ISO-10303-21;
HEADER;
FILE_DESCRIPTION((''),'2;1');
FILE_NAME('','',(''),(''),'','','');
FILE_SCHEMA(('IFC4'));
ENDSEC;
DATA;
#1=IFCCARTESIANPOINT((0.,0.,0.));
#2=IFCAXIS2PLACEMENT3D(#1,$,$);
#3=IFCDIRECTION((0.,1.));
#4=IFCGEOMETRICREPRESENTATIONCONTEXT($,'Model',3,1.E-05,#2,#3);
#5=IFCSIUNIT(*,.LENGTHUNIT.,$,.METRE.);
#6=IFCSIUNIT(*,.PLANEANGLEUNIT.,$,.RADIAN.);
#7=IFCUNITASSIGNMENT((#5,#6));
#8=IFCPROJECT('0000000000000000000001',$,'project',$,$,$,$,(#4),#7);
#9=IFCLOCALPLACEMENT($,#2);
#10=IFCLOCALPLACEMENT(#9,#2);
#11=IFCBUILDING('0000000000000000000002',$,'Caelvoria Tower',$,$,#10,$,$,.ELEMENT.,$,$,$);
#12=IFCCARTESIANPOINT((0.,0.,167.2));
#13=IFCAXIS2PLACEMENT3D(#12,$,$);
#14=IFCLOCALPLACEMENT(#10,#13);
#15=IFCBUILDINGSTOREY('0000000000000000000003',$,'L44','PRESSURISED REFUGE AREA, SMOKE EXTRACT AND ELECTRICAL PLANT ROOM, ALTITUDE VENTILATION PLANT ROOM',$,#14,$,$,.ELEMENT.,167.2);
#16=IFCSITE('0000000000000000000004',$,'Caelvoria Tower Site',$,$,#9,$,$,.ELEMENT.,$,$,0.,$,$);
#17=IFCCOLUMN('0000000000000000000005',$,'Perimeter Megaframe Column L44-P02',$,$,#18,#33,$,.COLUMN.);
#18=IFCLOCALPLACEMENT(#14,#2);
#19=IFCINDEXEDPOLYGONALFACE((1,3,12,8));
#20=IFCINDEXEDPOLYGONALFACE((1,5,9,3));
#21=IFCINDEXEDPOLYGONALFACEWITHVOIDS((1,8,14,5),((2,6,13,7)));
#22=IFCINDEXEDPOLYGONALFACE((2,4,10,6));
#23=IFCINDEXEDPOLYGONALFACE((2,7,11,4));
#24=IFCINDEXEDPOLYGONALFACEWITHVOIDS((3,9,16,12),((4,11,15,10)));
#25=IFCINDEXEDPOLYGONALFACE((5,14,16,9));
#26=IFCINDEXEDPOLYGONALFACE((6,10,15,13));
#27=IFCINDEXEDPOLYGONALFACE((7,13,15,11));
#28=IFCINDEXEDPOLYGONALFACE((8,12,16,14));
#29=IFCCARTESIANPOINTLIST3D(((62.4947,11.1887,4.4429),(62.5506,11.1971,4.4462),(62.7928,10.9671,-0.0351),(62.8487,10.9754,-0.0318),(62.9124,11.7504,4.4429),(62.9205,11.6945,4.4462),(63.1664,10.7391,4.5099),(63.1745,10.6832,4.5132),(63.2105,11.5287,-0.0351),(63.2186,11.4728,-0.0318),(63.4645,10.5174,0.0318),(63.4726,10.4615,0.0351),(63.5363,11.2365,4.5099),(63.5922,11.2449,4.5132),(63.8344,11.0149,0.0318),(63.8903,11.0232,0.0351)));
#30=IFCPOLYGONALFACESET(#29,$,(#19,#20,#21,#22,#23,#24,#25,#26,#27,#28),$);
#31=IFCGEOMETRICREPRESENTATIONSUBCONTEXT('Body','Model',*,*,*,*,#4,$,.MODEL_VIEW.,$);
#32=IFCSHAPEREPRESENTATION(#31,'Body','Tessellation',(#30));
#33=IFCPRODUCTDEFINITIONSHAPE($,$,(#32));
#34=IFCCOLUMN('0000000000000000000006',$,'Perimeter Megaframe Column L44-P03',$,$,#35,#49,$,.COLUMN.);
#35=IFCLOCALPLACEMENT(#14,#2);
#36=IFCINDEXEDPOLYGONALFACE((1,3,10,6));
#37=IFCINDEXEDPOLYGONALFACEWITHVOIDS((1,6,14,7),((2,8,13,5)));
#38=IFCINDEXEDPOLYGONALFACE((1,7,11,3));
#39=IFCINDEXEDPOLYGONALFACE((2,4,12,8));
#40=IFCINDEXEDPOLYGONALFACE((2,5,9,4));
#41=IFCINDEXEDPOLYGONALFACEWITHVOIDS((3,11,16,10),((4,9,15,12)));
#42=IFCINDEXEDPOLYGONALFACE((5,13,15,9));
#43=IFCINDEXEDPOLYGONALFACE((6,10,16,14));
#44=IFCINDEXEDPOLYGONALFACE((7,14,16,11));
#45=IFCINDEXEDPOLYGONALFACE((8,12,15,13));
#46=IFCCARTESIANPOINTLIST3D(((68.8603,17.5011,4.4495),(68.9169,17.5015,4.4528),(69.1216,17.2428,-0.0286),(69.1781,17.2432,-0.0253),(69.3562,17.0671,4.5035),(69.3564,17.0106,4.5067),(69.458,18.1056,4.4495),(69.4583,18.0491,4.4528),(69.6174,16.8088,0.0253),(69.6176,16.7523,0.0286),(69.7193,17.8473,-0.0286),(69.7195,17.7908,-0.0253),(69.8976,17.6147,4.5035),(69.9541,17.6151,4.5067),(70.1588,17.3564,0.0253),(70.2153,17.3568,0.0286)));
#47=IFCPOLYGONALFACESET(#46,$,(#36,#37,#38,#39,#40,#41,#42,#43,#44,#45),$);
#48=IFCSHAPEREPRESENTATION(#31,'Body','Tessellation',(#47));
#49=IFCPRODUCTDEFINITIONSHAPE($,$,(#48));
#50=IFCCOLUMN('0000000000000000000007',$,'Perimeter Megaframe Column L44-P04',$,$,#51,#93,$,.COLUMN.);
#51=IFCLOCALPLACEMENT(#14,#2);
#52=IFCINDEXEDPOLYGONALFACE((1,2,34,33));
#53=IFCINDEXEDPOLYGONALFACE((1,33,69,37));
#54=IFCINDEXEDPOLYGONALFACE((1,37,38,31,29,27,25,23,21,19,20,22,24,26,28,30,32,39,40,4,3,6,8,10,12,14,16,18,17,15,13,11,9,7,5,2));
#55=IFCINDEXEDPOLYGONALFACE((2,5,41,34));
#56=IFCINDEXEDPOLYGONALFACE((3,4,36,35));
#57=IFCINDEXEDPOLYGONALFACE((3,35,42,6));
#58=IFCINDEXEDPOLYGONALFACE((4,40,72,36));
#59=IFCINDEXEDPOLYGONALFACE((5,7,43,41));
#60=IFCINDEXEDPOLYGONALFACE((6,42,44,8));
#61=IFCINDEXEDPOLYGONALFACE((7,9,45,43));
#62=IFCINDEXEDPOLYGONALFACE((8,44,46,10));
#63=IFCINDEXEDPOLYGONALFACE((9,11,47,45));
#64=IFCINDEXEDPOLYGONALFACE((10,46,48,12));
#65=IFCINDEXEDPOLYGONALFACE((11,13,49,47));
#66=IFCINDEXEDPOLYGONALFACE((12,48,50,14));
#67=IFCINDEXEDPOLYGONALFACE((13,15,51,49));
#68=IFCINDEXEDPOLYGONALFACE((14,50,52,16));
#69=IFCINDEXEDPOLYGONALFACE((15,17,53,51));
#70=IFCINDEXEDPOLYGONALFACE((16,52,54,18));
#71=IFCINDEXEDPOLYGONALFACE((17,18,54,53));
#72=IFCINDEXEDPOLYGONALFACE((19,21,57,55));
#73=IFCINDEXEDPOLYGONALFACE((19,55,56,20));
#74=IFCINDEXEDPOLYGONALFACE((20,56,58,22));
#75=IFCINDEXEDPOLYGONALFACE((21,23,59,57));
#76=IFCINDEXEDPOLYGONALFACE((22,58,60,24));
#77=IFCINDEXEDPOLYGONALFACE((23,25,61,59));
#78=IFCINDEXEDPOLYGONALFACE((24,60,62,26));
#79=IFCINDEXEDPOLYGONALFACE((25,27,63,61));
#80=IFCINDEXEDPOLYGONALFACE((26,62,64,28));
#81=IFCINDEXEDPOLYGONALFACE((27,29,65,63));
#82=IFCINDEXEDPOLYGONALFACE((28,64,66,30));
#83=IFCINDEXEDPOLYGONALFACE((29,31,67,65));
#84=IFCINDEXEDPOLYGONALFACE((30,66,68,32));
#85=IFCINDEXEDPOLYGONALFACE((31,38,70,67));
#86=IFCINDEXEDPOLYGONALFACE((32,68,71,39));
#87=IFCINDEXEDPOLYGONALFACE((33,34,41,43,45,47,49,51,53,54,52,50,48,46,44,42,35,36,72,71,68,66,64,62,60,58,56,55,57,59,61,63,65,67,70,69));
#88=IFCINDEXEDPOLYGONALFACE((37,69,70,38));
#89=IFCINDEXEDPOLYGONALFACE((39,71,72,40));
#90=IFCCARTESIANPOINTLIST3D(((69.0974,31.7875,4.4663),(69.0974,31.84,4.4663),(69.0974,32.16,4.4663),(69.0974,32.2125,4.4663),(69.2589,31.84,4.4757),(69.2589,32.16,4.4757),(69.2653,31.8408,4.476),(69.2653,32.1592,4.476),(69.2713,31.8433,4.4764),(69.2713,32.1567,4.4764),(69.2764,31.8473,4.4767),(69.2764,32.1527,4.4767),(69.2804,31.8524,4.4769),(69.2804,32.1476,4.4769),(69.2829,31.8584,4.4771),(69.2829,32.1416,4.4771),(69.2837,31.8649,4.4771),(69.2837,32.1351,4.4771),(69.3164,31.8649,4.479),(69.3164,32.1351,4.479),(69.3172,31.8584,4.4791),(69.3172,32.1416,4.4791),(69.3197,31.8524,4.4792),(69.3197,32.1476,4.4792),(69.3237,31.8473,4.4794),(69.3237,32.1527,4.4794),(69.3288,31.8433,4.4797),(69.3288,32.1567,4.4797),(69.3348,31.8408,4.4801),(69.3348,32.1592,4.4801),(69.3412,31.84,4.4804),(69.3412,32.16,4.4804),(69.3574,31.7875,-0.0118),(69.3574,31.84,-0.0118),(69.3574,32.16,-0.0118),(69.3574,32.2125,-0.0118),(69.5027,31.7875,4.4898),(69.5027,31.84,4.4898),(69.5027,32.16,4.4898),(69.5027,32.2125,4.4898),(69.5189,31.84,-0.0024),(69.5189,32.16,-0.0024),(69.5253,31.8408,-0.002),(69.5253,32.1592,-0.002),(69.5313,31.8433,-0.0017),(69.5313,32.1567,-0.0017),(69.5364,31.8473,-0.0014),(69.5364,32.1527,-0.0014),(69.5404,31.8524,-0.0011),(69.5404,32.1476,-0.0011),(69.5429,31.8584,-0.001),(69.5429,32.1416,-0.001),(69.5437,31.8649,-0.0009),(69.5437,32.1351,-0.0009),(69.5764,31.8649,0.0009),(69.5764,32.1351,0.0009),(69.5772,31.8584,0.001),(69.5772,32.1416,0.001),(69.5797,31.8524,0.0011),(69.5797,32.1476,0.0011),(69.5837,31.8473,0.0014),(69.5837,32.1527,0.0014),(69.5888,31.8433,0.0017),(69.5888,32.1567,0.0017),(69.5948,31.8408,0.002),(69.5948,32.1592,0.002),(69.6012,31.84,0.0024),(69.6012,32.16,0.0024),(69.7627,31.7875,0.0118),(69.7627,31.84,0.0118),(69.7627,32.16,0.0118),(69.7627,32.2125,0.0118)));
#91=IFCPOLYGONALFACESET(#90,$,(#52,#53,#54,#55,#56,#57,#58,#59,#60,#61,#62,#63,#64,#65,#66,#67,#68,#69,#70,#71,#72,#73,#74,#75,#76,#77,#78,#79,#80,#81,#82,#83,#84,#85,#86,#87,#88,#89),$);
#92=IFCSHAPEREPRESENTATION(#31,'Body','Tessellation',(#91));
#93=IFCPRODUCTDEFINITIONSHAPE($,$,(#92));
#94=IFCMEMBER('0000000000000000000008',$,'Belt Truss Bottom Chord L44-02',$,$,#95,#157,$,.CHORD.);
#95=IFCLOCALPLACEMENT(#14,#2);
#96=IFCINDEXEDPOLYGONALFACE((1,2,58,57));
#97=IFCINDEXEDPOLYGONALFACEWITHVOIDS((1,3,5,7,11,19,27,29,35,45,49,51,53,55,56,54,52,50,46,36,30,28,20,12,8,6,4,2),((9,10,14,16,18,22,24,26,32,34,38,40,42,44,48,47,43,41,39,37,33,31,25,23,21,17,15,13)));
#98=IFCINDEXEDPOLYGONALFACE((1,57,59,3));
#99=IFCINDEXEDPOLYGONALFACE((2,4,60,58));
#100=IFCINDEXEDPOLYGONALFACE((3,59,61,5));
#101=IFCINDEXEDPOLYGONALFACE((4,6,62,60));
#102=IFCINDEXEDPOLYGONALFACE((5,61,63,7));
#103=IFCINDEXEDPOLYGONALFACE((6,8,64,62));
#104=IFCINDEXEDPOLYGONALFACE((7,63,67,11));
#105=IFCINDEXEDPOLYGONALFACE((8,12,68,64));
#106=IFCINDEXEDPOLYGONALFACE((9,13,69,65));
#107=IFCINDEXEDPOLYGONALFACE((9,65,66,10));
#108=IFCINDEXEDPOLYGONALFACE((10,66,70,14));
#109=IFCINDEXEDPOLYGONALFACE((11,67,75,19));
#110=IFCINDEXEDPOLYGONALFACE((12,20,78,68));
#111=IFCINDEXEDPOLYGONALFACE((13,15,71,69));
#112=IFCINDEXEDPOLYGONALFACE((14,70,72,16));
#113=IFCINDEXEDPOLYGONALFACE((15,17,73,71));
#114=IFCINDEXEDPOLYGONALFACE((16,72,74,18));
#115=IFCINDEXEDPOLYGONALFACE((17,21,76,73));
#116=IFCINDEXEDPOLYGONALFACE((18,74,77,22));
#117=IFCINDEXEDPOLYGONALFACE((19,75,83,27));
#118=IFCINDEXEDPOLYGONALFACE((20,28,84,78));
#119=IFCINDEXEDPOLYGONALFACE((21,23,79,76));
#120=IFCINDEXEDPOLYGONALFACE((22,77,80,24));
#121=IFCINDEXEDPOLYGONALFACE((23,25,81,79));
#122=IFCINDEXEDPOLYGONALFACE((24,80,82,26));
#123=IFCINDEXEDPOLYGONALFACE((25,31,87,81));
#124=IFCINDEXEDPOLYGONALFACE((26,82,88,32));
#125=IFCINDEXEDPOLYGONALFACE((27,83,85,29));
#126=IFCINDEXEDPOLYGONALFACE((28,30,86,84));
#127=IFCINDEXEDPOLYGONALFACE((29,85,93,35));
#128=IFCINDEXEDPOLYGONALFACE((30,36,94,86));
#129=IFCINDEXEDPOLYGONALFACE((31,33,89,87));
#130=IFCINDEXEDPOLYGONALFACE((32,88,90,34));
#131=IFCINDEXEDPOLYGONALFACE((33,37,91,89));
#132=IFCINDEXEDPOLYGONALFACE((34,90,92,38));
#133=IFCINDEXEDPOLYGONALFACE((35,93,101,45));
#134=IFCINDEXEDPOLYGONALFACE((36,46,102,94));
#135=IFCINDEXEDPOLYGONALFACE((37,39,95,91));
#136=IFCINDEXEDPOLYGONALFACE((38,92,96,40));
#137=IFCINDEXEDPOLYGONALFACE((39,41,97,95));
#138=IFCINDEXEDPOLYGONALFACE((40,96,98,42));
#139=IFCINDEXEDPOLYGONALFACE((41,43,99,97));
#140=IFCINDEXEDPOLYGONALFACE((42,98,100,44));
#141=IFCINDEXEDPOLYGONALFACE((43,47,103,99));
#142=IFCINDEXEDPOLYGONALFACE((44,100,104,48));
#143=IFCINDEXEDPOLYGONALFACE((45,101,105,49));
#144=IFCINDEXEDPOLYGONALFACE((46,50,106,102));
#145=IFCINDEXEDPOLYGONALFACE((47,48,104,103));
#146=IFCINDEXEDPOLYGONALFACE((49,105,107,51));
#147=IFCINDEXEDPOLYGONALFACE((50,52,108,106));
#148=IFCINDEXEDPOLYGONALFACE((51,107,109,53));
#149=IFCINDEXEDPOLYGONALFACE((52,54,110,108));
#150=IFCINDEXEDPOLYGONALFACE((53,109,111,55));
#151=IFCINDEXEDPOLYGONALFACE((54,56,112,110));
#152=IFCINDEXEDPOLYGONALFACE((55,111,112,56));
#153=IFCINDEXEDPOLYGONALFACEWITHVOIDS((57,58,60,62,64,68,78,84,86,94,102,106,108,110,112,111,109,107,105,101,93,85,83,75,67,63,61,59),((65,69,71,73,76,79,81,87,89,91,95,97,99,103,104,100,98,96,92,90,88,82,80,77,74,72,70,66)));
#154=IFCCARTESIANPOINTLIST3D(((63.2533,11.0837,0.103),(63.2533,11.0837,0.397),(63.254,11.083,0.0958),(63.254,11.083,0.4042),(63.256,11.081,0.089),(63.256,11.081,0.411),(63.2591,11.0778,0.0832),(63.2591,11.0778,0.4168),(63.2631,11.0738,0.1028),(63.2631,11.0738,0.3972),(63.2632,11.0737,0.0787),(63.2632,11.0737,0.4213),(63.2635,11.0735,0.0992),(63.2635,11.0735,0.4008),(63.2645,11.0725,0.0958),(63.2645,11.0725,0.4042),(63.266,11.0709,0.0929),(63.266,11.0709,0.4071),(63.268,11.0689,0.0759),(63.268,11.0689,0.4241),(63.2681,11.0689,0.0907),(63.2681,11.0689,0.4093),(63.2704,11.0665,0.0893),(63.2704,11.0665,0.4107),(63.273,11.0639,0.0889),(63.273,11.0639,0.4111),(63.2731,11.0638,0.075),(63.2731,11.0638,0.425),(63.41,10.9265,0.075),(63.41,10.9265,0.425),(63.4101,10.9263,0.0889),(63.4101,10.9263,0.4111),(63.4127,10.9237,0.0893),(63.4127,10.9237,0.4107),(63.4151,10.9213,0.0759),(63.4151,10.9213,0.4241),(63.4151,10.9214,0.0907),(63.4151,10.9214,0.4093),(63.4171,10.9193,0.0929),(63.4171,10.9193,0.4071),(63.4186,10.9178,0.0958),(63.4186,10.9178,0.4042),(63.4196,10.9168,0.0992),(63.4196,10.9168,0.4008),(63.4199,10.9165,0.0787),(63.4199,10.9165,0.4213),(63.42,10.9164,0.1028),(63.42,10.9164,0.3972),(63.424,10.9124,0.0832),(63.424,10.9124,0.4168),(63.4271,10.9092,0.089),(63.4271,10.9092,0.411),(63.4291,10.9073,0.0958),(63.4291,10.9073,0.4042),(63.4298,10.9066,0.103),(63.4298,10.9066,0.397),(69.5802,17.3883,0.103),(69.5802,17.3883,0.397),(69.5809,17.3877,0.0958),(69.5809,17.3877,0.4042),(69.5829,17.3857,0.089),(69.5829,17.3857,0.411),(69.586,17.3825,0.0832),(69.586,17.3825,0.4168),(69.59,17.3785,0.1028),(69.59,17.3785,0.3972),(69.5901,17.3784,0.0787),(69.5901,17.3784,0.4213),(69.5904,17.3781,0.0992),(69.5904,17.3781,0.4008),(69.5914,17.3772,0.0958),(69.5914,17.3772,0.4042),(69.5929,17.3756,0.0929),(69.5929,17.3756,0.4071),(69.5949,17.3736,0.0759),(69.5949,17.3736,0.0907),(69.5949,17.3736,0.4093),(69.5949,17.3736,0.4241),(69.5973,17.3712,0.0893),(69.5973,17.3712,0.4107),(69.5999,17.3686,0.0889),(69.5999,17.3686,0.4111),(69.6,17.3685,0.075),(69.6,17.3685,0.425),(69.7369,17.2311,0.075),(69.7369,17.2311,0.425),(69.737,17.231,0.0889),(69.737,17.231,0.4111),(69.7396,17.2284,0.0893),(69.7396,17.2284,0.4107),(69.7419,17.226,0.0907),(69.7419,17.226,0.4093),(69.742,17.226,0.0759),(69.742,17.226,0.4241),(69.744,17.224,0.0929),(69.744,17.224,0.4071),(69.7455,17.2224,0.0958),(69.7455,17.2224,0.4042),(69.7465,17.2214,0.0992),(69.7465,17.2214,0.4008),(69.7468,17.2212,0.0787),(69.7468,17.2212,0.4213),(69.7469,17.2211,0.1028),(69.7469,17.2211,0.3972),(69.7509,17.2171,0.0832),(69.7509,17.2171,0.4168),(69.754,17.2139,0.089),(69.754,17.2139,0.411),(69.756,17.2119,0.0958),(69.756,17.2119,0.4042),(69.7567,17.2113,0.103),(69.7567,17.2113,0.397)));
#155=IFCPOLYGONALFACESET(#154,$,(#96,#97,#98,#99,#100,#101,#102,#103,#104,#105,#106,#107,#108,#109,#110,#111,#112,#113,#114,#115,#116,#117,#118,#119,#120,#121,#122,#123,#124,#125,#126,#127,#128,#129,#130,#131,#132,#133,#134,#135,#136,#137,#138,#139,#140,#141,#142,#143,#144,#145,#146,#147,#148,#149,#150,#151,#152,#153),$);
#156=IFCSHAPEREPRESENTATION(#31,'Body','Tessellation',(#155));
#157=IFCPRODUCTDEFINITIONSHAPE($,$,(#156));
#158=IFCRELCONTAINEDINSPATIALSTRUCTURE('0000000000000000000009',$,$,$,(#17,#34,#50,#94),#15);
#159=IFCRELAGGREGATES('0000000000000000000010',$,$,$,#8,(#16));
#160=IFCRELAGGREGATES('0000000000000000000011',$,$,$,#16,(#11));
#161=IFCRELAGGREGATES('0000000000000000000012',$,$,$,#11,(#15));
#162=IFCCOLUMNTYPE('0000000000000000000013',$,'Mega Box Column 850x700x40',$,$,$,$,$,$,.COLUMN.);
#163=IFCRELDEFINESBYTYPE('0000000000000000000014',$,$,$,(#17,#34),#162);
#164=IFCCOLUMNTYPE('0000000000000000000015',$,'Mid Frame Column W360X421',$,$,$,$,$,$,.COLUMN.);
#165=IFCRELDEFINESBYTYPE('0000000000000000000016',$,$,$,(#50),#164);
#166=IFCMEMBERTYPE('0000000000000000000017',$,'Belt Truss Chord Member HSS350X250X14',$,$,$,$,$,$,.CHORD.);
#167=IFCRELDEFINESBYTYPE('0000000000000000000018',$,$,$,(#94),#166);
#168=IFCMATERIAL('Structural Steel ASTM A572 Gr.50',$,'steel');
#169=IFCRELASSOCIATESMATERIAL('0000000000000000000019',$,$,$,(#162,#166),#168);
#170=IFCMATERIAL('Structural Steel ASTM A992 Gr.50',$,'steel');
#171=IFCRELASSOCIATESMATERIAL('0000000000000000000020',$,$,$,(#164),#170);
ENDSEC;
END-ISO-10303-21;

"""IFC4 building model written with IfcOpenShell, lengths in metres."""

from ifc_helpers import new_model, si_unit, direction, frame, origin, origin_2d, place, context, subcontext, project, spatial, hollow_rectangle, i_section, extrude, material, material_profile, profile_set, type_object, element, save


model = new_model("IFC4")

# Units and contexts
model_context = context("Model", 3, precision=1e-05, world=origin(), true_north=direction((0.0, 1.0)))
body_context = subcontext(model_context, "Body", "Model", "MODEL_VIEW")
ifc_project = project(units=[si_unit("LENGTHUNIT", "METRE"), si_unit("PLANEANGLEUNIT", "RADIAN")], contexts=[model_context])

# Site, building, storey
site_placement = place(None, origin())
site = spatial("IfcSite", under=ifc_project, at=site_placement, Name="Caelvoria Tower Site", CompositionType="ELEMENT", RefElevation=0.0)
building_placement = place(site_placement, origin())
building = spatial("IfcBuilding", under=site, at=building_placement, Name="Caelvoria Tower", CompositionType="ELEMENT")
storey_placement = place(building_placement, frame((0.0, 0.0, 167.2)))
storey = spatial("IfcBuildingStorey", under=building, at=storey_placement, Name="L44", Description="PRESSURISED REFUGE AREA, SMOKE EXTRACT AND ELECTRICAL PLANT ROOM, ALTITUDE VENTILATION PLANT ROOM", CompositionType="ELEMENT", Elevation=167.2)

# Columns
ifc_material_1 = material(Name="Structural Steel ASTM A572 Gr.50", Category="steel")
ifc_material_profile_1 = material_profile(ifc_material_1, hollow_rectangle(XDim=0.7, YDim=0.8501, WallThickness=0.04, at=origin_2d()), Name="Structural Steel ASTM A572 Gr.50")
ifc_profile_set_1 = profile_set([ifc_material_profile_1], Name="BOX850X700X40 - Structural Steel ASTM A572 Gr.50")
column_type_1 = type_object("IfcColumnType", Name="Mega Box Column 850x700x40", PredefinedType="COLUMN", material=ifc_profile_set_1)
column_1_placement = place(storey_placement, frame((63.3416, 10.9951, 0.0), z_axis=(-0.066341, 0.049334, 0.996577), x_axis=(-0.596735, -0.802438, 0.0)))
element("IfcColumn", 1, at=column_1_placement, inside=storey, type_object=column_type_1, Name="Perimeter Megaframe Column L44-P02", PredefinedType="COLUMN", context=body_context, shape_type="SweptSolid", body=[
    extrude(hollow_rectangle(XDim=0.7, YDim=0.8501, WallThickness=0.04, at=origin_2d()), origin(), (0.0, 0.0, 1.0), 4.4934),
])
column_2_placement = place(storey_placement, frame((69.6685, 17.2998, 0.0), z_axis=(-0.058141, 0.057489, 0.996652), x_axis=(0.708702, -0.700754, 0.081764)))
element("IfcColumn", 2, at=column_2_placement, inside=storey, type_object=column_type_1, Name="Perimeter Megaframe Column L44-P03", PredefinedType="COLUMN", context=body_context, shape_type="SweptSolid", body=[
    extrude(hollow_rectangle(XDim=0.7, YDim=0.8501, WallThickness=0.04, at=origin_2d()), origin(), (0.0, 0.0, 1.0), 4.4932),
])
ifc_material_2 = material(Name="Structural Steel ASTM A992 Gr.50", Category="steel")
ifc_material_profile_2 = material_profile(ifc_material_2, i_section(OverallWidth=0.406, OverallDepth=0.425, WebThickness=0.0327, FlangeThickness=0.0525, FilletRadius=0.0249, at=origin_2d()), Name="Structural Steel ASTM A992 Gr.50")
ifc_profile_set_2 = profile_set([ifc_material_profile_2], Name="W360X421 - Structural Steel ASTM A992 Gr.50")
column_type_2 = type_object("IfcColumnType", Name="Mid Frame Column W360X421", PredefinedType="COLUMN", material=ifc_profile_set_2)
column_3_placement = place(storey_placement, frame((69.5601, 32.0, 0.0), z_axis=(-0.057966, 0.0, 0.998319), x_axis=(0.998319, 0.0, 0.057966)))
element("IfcColumn", 3, at=column_3_placement, inside=storey, type_object=column_type_2, Name="Perimeter Megaframe Column L44-P04", PredefinedType="COLUMN", context=body_context, shape_type="SweptSolid", body=[
    extrude(i_section(OverallWidth=0.406, OverallDepth=0.425, WebThickness=0.0327, FlangeThickness=0.0525, FilletRadius=0.0249, at=origin_2d()), origin(), (0.0, 0.0, 1.0), 4.4856),
])

# Member
ifc_material_profile_3 = material_profile(ifc_material_1, hollow_rectangle(XDim=0.25, YDim=0.3501, WallThickness=0.0139, InnerFilletRadius=0.0139, OuterFilletRadius=0.0281, at=origin_2d()), Name="Structural Steel ASTM A572 Gr.50")
ifc_profile_set_3 = profile_set([ifc_material_profile_3], Name="HSS350X250X14 - Structural Steel ASTM A572 Gr.50")
member_type_1 = type_object("IfcMemberType", Name="Belt Truss Chord Member HSS350X250X14", PredefinedType="CHORD", material=ifc_profile_set_3)
member_1_placement = place(storey_placement, frame((63.3416, 10.9951, 0.25), z_axis=(0.708349, 0.705862, 0.0), x_axis=(-0.705862, 0.708349, 0.0)))
element("IfcMember", 4, at=member_1_placement, inside=storey, type_object=member_type_1, Name="Belt Truss Bottom Chord L44-02", PredefinedType="CHORD", context=body_context, shape_type="SweptSolid", body=[
    extrude(hollow_rectangle(XDim=0.25, YDim=0.3501, WallThickness=0.0139, InnerFilletRadius=0.0139, OuterFilletRadius=0.0281, at=origin_2d()), origin(), (0.0, 0.0, 1.0), 8.9319),
])

save(model, "model.ifc")
